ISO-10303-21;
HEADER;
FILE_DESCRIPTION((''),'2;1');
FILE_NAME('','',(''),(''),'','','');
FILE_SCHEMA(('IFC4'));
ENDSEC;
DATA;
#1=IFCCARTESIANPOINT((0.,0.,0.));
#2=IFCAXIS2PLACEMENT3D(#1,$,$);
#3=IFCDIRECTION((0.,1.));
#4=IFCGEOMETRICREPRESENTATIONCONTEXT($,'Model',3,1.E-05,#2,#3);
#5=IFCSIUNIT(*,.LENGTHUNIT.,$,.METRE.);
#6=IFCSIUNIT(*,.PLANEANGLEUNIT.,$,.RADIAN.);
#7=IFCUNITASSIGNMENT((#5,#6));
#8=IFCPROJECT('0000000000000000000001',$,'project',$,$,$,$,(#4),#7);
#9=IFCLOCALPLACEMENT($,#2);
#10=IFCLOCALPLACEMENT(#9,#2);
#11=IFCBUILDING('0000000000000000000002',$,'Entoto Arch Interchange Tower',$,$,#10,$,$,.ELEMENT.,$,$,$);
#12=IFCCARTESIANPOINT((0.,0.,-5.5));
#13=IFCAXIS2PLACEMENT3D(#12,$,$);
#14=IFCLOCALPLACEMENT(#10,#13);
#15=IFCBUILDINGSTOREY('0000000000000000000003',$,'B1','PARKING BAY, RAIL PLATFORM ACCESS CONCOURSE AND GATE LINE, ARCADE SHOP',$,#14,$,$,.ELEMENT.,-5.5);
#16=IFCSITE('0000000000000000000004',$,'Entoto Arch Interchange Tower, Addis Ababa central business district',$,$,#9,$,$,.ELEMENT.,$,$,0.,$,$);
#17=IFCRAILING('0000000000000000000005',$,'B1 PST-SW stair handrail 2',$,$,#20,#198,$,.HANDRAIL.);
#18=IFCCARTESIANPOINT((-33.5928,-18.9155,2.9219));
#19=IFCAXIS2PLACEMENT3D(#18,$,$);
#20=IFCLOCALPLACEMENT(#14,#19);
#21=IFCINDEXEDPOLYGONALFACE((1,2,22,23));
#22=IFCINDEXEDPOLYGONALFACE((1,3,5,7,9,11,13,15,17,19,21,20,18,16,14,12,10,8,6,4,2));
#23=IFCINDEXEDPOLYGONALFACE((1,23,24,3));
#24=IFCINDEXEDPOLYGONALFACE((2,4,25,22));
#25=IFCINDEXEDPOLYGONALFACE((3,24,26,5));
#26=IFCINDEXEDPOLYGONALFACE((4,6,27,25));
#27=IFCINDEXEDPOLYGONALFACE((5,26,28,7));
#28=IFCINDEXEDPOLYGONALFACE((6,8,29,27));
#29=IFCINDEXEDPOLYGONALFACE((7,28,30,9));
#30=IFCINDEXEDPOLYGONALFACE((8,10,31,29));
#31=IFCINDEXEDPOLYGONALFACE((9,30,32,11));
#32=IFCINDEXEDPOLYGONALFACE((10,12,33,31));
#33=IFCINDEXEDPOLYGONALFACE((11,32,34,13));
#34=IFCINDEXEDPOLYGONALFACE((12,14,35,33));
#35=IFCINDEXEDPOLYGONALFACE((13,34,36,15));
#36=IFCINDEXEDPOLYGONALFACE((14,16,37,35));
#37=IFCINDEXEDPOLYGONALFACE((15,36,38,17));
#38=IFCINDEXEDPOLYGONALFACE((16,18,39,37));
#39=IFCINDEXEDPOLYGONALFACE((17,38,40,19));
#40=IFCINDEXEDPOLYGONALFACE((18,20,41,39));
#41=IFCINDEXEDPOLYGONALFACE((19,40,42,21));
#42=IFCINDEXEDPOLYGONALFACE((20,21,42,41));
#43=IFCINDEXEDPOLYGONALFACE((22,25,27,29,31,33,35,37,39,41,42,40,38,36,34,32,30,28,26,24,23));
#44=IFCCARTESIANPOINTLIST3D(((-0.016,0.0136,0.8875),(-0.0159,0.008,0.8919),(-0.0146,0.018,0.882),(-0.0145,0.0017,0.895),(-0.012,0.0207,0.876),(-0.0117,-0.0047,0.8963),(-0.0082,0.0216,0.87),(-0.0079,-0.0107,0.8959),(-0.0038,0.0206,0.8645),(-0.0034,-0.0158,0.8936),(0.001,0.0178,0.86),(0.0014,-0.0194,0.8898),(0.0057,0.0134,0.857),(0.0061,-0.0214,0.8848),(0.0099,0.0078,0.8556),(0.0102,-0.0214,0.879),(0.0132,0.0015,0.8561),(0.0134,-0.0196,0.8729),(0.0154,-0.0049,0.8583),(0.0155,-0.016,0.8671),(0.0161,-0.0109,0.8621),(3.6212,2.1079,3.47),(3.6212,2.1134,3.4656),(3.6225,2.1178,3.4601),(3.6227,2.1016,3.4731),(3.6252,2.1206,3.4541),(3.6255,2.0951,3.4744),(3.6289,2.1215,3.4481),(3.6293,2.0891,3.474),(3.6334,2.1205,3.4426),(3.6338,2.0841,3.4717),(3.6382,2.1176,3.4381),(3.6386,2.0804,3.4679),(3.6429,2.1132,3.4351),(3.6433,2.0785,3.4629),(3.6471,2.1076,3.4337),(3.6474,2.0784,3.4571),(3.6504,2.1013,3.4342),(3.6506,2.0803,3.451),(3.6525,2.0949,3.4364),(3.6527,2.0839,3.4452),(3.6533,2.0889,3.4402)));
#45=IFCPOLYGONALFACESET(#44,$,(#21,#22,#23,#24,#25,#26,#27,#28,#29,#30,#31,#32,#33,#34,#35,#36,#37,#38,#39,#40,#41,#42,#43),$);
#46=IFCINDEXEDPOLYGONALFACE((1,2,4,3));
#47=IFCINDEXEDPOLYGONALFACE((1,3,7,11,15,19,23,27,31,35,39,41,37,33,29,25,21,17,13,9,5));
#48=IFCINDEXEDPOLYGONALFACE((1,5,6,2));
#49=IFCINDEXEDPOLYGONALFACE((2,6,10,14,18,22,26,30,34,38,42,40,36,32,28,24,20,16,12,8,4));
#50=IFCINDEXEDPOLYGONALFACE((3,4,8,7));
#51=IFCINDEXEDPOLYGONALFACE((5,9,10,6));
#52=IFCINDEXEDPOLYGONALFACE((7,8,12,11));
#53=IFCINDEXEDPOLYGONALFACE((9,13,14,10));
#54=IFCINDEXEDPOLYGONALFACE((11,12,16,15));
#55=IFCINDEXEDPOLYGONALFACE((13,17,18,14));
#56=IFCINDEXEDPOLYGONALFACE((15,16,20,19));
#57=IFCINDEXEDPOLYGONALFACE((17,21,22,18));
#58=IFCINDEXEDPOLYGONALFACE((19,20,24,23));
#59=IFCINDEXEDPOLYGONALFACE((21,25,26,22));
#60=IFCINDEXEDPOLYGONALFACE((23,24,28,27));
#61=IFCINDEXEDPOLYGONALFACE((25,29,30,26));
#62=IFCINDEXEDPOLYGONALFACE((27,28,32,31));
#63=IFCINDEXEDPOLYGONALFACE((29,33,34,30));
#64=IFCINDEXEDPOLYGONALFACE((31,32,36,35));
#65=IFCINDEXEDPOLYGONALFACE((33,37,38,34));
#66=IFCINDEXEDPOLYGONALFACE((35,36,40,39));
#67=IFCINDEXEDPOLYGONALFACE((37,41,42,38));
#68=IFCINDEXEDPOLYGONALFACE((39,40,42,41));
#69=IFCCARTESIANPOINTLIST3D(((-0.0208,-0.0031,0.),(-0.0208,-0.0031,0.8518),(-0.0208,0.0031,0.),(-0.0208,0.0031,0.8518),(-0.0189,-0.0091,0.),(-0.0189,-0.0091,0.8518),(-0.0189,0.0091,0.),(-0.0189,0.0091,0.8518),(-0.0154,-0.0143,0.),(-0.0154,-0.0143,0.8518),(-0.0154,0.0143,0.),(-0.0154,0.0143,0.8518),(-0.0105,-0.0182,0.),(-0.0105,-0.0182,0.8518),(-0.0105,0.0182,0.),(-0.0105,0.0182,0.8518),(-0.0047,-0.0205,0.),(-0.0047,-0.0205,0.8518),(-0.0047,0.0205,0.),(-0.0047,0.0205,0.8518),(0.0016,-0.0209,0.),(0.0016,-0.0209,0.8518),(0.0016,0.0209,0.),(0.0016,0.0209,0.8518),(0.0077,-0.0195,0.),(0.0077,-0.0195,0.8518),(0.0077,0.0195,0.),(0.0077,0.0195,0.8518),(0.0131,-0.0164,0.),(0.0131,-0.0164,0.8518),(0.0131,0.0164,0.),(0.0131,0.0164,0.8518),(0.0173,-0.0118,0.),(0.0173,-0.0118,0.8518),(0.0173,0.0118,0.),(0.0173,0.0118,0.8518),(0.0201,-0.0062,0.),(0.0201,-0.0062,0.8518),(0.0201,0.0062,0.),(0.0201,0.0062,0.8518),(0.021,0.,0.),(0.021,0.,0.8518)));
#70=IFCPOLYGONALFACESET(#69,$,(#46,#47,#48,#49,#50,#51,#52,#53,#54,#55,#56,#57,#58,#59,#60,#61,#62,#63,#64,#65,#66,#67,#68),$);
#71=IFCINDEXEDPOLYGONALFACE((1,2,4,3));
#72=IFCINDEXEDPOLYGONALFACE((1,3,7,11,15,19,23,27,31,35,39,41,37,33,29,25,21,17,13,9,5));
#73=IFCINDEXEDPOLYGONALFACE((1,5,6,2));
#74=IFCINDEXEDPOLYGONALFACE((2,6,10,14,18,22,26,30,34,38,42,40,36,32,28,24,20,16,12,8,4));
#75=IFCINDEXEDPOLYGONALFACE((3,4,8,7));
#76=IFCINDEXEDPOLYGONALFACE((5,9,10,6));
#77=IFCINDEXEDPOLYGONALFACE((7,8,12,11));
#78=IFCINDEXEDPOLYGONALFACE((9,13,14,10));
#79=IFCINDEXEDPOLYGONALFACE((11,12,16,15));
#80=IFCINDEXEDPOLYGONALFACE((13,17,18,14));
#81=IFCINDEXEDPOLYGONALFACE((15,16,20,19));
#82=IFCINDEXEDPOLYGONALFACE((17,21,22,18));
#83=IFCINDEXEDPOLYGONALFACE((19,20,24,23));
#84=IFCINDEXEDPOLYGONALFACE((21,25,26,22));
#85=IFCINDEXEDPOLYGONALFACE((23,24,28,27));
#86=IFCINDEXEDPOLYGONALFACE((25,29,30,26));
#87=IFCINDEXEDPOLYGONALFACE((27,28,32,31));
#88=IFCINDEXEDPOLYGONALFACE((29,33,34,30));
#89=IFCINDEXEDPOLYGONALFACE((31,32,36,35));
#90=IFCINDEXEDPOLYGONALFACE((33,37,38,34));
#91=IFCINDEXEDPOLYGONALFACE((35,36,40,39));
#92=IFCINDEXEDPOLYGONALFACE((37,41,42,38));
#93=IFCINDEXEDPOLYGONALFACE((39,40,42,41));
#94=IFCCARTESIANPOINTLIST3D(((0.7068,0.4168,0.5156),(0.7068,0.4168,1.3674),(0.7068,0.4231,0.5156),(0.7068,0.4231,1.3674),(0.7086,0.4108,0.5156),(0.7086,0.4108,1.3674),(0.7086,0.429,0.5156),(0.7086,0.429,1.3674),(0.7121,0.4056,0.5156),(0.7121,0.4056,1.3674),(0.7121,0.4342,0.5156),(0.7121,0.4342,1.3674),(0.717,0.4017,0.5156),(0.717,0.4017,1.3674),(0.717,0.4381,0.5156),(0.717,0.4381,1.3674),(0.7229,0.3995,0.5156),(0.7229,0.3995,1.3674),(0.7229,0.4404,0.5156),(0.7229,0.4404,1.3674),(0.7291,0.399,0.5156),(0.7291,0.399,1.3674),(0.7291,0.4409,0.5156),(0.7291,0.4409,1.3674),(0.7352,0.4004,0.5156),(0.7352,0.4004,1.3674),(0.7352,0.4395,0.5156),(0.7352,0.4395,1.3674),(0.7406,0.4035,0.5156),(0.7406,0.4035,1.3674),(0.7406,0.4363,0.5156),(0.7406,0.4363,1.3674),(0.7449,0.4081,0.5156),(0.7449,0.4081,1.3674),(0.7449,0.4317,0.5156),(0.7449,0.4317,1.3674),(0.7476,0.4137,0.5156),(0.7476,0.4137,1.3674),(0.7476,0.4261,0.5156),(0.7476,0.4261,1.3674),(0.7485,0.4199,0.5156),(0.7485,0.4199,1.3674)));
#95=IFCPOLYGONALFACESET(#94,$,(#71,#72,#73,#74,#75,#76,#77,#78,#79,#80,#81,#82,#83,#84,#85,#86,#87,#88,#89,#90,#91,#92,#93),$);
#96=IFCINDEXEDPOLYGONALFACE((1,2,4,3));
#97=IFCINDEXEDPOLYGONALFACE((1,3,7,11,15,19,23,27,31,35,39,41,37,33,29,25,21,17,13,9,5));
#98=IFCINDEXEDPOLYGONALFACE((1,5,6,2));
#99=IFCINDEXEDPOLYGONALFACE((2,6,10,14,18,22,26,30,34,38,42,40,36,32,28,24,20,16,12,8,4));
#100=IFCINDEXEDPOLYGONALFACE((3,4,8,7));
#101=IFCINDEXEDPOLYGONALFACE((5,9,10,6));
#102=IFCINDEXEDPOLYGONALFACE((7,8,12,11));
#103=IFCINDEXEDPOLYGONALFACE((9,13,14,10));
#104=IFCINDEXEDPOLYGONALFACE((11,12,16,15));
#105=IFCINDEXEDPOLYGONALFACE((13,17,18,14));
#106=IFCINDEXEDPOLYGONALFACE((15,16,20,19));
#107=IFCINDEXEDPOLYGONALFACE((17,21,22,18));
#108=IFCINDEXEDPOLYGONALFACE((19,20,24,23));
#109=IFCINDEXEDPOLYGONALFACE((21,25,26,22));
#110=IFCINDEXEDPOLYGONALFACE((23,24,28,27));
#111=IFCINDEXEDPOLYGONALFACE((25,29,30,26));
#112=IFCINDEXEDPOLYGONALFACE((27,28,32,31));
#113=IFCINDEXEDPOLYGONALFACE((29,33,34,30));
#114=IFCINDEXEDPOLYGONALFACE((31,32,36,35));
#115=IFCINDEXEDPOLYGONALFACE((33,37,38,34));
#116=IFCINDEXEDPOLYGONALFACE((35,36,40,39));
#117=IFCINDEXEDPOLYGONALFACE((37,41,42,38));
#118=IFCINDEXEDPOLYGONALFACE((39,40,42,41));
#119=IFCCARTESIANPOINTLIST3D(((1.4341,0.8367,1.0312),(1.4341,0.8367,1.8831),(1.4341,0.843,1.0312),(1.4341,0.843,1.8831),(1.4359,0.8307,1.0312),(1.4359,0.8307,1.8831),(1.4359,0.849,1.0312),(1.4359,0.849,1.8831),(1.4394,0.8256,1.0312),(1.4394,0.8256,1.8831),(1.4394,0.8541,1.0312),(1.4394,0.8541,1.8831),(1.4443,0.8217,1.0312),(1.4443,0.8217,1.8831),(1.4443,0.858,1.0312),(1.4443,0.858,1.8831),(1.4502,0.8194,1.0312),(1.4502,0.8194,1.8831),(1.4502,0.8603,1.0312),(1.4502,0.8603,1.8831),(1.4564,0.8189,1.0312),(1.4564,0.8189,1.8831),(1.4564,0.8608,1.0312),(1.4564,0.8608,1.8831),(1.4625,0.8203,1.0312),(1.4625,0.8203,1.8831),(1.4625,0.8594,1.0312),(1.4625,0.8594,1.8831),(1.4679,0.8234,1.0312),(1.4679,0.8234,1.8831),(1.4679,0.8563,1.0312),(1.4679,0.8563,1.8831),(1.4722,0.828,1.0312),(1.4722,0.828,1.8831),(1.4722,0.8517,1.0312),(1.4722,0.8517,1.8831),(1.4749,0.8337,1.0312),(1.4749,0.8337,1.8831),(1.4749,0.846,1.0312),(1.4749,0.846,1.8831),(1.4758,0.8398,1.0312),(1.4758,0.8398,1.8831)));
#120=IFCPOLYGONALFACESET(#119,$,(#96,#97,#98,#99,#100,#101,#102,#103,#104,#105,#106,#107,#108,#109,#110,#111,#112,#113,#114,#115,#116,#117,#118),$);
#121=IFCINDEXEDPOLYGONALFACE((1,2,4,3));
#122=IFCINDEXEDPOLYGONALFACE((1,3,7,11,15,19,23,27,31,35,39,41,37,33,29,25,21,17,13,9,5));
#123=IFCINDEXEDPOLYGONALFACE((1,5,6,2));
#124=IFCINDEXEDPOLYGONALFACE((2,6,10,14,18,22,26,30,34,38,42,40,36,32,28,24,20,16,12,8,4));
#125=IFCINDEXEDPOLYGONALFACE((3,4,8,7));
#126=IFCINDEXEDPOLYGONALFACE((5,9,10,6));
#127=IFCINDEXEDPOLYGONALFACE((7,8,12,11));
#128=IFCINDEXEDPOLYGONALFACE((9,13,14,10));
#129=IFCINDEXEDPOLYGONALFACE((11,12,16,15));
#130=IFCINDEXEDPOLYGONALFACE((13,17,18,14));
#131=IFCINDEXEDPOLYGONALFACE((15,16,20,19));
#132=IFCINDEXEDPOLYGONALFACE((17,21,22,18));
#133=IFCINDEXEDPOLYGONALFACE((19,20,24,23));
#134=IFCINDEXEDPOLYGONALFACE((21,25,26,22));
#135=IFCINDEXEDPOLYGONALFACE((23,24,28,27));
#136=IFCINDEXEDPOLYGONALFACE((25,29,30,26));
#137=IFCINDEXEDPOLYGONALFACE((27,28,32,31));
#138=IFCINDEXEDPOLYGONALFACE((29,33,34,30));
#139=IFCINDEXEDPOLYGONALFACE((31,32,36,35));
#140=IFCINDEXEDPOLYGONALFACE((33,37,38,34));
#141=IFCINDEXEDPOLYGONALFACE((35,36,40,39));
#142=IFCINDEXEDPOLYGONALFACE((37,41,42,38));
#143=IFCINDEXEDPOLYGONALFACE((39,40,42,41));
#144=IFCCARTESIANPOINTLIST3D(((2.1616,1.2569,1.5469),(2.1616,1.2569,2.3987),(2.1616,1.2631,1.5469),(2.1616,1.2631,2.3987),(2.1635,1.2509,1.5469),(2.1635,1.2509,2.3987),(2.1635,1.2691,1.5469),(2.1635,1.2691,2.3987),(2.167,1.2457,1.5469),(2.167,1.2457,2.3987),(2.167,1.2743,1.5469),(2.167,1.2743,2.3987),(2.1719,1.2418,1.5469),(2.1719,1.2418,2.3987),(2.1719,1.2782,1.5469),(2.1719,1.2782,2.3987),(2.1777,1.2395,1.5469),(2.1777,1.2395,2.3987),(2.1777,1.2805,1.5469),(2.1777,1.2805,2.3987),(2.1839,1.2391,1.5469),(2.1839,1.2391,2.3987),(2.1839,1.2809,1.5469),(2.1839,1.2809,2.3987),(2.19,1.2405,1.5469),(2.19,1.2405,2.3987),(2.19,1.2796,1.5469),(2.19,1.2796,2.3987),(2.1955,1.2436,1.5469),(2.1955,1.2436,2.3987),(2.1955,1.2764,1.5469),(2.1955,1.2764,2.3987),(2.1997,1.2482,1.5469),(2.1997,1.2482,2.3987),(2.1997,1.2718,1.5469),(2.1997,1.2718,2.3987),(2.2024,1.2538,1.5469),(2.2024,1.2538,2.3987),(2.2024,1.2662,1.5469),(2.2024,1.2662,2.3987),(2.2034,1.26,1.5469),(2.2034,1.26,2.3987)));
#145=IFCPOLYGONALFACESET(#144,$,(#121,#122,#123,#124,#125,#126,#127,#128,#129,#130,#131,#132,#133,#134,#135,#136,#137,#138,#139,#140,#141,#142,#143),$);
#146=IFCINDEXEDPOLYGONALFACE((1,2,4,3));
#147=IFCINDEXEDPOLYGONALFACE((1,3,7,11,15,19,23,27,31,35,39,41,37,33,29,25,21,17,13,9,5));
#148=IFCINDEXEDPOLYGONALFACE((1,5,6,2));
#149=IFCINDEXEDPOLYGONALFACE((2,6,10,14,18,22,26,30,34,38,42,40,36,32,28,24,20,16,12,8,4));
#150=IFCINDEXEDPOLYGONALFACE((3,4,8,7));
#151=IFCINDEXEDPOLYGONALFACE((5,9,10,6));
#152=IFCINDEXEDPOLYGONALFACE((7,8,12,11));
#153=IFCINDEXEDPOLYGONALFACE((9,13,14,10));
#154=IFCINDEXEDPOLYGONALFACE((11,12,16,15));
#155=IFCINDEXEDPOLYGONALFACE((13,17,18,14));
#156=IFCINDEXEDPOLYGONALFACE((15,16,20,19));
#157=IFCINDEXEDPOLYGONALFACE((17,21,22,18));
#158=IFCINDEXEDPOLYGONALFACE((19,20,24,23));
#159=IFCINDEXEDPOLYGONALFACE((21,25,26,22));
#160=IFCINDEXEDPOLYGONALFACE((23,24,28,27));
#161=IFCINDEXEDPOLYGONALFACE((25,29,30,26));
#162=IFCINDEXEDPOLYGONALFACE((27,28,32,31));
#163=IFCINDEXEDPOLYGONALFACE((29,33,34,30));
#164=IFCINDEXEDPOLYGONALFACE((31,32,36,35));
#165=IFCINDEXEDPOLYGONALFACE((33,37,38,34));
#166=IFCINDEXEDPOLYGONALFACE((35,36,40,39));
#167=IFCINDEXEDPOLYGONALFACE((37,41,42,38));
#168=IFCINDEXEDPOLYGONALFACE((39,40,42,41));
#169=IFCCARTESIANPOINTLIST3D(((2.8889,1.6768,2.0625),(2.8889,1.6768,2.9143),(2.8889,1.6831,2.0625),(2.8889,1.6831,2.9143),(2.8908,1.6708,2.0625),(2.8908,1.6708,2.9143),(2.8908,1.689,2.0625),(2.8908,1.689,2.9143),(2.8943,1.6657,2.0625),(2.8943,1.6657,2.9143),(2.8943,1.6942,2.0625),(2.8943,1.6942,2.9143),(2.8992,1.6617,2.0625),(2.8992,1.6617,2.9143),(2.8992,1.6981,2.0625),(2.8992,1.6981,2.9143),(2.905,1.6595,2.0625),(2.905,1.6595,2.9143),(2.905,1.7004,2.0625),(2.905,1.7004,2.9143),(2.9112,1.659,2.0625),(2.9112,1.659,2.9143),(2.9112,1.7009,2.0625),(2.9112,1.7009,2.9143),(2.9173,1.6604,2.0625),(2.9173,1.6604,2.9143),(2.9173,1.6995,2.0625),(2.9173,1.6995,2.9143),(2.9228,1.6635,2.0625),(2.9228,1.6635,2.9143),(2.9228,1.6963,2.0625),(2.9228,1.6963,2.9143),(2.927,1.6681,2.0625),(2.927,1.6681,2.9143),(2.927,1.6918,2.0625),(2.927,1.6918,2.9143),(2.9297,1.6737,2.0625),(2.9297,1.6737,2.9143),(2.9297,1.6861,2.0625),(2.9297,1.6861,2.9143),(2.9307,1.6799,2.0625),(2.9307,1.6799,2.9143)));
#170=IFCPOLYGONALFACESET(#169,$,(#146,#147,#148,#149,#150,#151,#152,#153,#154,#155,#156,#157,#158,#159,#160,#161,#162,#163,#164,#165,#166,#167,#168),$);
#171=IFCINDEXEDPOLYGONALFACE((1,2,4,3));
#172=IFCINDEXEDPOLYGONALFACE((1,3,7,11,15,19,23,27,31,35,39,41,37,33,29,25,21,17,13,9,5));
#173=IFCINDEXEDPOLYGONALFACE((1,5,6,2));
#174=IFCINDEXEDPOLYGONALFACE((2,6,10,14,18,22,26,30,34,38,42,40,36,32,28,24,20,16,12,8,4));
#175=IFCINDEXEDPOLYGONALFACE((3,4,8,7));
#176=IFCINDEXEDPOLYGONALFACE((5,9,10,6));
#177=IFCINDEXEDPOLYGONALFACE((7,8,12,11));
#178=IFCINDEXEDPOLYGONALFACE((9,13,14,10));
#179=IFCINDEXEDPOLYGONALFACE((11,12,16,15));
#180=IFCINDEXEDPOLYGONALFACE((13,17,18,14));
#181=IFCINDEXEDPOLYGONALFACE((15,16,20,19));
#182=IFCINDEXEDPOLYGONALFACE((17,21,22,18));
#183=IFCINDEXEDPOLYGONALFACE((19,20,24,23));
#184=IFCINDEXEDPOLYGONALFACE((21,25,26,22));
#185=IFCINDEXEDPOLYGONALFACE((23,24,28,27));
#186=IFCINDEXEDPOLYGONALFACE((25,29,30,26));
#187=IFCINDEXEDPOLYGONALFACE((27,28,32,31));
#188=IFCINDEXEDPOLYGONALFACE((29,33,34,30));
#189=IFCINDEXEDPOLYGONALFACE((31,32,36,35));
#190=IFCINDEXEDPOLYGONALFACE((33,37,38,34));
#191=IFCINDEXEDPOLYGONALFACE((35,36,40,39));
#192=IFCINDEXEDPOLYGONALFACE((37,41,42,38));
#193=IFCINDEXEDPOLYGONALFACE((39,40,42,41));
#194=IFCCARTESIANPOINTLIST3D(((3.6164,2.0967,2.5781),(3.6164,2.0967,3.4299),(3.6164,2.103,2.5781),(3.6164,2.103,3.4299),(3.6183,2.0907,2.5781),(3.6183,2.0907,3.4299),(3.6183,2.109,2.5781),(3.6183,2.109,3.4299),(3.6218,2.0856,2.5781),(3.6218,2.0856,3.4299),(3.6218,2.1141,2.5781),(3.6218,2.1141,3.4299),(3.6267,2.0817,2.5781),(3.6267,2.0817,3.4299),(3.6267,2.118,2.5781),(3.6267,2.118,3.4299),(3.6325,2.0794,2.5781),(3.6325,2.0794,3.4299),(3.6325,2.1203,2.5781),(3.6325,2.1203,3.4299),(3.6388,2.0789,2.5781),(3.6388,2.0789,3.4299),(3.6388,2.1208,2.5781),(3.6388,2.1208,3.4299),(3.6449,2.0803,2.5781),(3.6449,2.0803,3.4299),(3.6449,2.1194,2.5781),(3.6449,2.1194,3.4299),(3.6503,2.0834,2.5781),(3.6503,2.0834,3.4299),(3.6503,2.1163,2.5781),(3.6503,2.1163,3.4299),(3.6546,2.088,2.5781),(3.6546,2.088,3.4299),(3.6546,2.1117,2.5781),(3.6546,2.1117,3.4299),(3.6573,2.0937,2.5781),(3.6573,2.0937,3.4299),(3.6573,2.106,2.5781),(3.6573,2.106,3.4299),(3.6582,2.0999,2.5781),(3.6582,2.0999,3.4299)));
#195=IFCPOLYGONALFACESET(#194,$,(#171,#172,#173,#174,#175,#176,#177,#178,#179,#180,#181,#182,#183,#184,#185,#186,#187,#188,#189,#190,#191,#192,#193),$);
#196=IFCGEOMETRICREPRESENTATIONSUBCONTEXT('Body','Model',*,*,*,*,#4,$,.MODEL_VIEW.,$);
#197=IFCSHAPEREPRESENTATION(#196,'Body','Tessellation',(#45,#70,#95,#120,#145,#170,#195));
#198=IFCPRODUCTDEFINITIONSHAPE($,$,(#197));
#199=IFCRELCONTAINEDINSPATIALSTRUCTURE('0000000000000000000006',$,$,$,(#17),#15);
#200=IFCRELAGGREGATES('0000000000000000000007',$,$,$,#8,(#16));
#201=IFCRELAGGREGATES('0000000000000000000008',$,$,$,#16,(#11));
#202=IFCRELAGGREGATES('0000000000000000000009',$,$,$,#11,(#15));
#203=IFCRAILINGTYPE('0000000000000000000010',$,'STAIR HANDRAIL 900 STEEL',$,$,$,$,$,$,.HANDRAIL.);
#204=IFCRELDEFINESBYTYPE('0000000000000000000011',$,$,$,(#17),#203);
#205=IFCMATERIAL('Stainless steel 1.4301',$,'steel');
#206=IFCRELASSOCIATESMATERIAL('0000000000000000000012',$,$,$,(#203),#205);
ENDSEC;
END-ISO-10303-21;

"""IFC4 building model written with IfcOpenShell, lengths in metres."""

from ifc_helpers import new_model, si_unit, direction, frame, origin, origin_2d, place, context, subcontext, project, spatial, circle, extrude, material, type_object, element, save


model = new_model("IFC4")

# Units and contexts
model_context = context("Model", 3, precision=1e-05, world=origin(), true_north=direction((0.0, 1.0)))
body_context = subcontext(model_context, "Body", "Model", "MODEL_VIEW")
ifc_project = project(units=[si_unit("LENGTHUNIT", "METRE"), si_unit("PLANEANGLEUNIT", "RADIAN")], contexts=[model_context])

# Site, building, storey
site_placement = place(None, origin())
site = spatial("IfcSite", under=ifc_project, at=site_placement, Name="Entoto Arch Interchange Tower, Addis Ababa central business district", CompositionType="ELEMENT", RefElevation=0.0)
building_placement = place(site_placement, origin())
building = spatial("IfcBuilding", under=site, at=building_placement, Name="Entoto Arch Interchange Tower", CompositionType="ELEMENT")
storey_placement = place(building_placement, frame((0.0, 0.0, -5.5)))
storey = spatial("IfcBuildingStorey", under=building, at=storey_placement, Name="B1", Description="PARKING BAY, RAIL PLATFORM ACCESS CONCOURSE AND GATE LINE, ARCADE SHOP", CompositionType="ELEMENT", Elevation=-5.5)

# Railing
ifc_material_1 = material(Name="Stainless steel 1.4301", Category="steel")
railing_type_1 = type_object("IfcRailingType", Name="STAIR HANDRAIL 900 STEEL", PredefinedType="HANDRAIL", material=ifc_material_1)
railing_1_placement = place(storey_placement, frame((-33.5928, -18.9155, 2.9219)))
element("IfcRailing", 1, at=railing_1_placement, inside=storey, type_object=railing_type_1, Name="B1 PST-SW stair handrail 2", PredefinedType="HANDRAIL", context=body_context, shape_type="SweptSolid", body=[
    extrude(circle(Radius=0.0239, at=origin_2d()), frame((0.0, 0.0, 0.876), z_axis=(0.738067, 0.426105, 0.523156), x_axis=(-0.499984, 0.866035, 0.0)), (0.0, 0.0, 1.0), 4.928),
    extrude(circle(Radius=0.021, at=origin_2d()), origin(), (0.0, 0.0, 1.0), 0.8518),
    extrude(circle(Radius=0.021, at=origin_2d()), frame((0.7275, 0.4199, 0.5156)), (0.0, 0.0, 1.0), 0.8518),
    extrude(circle(Radius=0.021, at=origin_2d()), frame((1.4548, 0.8398, 1.0312)), (0.0, 0.0, 1.0), 0.8518),
    extrude(circle(Radius=0.021, at=origin_2d()), frame((2.1824, 1.26, 1.5469)), (0.0, 0.0, 1.0), 0.8518),
    extrude(circle(Radius=0.021, at=origin_2d()), frame((2.9097, 1.6799, 2.0625)), (0.0, 0.0, 1.0), 0.8518),
    extrude(circle(Radius=0.021, at=origin_2d()), frame((3.6372, 2.0999, 2.5781)), (0.0, 0.0, 1.0), 0.8518),
])

save(model, "model.ifc")
